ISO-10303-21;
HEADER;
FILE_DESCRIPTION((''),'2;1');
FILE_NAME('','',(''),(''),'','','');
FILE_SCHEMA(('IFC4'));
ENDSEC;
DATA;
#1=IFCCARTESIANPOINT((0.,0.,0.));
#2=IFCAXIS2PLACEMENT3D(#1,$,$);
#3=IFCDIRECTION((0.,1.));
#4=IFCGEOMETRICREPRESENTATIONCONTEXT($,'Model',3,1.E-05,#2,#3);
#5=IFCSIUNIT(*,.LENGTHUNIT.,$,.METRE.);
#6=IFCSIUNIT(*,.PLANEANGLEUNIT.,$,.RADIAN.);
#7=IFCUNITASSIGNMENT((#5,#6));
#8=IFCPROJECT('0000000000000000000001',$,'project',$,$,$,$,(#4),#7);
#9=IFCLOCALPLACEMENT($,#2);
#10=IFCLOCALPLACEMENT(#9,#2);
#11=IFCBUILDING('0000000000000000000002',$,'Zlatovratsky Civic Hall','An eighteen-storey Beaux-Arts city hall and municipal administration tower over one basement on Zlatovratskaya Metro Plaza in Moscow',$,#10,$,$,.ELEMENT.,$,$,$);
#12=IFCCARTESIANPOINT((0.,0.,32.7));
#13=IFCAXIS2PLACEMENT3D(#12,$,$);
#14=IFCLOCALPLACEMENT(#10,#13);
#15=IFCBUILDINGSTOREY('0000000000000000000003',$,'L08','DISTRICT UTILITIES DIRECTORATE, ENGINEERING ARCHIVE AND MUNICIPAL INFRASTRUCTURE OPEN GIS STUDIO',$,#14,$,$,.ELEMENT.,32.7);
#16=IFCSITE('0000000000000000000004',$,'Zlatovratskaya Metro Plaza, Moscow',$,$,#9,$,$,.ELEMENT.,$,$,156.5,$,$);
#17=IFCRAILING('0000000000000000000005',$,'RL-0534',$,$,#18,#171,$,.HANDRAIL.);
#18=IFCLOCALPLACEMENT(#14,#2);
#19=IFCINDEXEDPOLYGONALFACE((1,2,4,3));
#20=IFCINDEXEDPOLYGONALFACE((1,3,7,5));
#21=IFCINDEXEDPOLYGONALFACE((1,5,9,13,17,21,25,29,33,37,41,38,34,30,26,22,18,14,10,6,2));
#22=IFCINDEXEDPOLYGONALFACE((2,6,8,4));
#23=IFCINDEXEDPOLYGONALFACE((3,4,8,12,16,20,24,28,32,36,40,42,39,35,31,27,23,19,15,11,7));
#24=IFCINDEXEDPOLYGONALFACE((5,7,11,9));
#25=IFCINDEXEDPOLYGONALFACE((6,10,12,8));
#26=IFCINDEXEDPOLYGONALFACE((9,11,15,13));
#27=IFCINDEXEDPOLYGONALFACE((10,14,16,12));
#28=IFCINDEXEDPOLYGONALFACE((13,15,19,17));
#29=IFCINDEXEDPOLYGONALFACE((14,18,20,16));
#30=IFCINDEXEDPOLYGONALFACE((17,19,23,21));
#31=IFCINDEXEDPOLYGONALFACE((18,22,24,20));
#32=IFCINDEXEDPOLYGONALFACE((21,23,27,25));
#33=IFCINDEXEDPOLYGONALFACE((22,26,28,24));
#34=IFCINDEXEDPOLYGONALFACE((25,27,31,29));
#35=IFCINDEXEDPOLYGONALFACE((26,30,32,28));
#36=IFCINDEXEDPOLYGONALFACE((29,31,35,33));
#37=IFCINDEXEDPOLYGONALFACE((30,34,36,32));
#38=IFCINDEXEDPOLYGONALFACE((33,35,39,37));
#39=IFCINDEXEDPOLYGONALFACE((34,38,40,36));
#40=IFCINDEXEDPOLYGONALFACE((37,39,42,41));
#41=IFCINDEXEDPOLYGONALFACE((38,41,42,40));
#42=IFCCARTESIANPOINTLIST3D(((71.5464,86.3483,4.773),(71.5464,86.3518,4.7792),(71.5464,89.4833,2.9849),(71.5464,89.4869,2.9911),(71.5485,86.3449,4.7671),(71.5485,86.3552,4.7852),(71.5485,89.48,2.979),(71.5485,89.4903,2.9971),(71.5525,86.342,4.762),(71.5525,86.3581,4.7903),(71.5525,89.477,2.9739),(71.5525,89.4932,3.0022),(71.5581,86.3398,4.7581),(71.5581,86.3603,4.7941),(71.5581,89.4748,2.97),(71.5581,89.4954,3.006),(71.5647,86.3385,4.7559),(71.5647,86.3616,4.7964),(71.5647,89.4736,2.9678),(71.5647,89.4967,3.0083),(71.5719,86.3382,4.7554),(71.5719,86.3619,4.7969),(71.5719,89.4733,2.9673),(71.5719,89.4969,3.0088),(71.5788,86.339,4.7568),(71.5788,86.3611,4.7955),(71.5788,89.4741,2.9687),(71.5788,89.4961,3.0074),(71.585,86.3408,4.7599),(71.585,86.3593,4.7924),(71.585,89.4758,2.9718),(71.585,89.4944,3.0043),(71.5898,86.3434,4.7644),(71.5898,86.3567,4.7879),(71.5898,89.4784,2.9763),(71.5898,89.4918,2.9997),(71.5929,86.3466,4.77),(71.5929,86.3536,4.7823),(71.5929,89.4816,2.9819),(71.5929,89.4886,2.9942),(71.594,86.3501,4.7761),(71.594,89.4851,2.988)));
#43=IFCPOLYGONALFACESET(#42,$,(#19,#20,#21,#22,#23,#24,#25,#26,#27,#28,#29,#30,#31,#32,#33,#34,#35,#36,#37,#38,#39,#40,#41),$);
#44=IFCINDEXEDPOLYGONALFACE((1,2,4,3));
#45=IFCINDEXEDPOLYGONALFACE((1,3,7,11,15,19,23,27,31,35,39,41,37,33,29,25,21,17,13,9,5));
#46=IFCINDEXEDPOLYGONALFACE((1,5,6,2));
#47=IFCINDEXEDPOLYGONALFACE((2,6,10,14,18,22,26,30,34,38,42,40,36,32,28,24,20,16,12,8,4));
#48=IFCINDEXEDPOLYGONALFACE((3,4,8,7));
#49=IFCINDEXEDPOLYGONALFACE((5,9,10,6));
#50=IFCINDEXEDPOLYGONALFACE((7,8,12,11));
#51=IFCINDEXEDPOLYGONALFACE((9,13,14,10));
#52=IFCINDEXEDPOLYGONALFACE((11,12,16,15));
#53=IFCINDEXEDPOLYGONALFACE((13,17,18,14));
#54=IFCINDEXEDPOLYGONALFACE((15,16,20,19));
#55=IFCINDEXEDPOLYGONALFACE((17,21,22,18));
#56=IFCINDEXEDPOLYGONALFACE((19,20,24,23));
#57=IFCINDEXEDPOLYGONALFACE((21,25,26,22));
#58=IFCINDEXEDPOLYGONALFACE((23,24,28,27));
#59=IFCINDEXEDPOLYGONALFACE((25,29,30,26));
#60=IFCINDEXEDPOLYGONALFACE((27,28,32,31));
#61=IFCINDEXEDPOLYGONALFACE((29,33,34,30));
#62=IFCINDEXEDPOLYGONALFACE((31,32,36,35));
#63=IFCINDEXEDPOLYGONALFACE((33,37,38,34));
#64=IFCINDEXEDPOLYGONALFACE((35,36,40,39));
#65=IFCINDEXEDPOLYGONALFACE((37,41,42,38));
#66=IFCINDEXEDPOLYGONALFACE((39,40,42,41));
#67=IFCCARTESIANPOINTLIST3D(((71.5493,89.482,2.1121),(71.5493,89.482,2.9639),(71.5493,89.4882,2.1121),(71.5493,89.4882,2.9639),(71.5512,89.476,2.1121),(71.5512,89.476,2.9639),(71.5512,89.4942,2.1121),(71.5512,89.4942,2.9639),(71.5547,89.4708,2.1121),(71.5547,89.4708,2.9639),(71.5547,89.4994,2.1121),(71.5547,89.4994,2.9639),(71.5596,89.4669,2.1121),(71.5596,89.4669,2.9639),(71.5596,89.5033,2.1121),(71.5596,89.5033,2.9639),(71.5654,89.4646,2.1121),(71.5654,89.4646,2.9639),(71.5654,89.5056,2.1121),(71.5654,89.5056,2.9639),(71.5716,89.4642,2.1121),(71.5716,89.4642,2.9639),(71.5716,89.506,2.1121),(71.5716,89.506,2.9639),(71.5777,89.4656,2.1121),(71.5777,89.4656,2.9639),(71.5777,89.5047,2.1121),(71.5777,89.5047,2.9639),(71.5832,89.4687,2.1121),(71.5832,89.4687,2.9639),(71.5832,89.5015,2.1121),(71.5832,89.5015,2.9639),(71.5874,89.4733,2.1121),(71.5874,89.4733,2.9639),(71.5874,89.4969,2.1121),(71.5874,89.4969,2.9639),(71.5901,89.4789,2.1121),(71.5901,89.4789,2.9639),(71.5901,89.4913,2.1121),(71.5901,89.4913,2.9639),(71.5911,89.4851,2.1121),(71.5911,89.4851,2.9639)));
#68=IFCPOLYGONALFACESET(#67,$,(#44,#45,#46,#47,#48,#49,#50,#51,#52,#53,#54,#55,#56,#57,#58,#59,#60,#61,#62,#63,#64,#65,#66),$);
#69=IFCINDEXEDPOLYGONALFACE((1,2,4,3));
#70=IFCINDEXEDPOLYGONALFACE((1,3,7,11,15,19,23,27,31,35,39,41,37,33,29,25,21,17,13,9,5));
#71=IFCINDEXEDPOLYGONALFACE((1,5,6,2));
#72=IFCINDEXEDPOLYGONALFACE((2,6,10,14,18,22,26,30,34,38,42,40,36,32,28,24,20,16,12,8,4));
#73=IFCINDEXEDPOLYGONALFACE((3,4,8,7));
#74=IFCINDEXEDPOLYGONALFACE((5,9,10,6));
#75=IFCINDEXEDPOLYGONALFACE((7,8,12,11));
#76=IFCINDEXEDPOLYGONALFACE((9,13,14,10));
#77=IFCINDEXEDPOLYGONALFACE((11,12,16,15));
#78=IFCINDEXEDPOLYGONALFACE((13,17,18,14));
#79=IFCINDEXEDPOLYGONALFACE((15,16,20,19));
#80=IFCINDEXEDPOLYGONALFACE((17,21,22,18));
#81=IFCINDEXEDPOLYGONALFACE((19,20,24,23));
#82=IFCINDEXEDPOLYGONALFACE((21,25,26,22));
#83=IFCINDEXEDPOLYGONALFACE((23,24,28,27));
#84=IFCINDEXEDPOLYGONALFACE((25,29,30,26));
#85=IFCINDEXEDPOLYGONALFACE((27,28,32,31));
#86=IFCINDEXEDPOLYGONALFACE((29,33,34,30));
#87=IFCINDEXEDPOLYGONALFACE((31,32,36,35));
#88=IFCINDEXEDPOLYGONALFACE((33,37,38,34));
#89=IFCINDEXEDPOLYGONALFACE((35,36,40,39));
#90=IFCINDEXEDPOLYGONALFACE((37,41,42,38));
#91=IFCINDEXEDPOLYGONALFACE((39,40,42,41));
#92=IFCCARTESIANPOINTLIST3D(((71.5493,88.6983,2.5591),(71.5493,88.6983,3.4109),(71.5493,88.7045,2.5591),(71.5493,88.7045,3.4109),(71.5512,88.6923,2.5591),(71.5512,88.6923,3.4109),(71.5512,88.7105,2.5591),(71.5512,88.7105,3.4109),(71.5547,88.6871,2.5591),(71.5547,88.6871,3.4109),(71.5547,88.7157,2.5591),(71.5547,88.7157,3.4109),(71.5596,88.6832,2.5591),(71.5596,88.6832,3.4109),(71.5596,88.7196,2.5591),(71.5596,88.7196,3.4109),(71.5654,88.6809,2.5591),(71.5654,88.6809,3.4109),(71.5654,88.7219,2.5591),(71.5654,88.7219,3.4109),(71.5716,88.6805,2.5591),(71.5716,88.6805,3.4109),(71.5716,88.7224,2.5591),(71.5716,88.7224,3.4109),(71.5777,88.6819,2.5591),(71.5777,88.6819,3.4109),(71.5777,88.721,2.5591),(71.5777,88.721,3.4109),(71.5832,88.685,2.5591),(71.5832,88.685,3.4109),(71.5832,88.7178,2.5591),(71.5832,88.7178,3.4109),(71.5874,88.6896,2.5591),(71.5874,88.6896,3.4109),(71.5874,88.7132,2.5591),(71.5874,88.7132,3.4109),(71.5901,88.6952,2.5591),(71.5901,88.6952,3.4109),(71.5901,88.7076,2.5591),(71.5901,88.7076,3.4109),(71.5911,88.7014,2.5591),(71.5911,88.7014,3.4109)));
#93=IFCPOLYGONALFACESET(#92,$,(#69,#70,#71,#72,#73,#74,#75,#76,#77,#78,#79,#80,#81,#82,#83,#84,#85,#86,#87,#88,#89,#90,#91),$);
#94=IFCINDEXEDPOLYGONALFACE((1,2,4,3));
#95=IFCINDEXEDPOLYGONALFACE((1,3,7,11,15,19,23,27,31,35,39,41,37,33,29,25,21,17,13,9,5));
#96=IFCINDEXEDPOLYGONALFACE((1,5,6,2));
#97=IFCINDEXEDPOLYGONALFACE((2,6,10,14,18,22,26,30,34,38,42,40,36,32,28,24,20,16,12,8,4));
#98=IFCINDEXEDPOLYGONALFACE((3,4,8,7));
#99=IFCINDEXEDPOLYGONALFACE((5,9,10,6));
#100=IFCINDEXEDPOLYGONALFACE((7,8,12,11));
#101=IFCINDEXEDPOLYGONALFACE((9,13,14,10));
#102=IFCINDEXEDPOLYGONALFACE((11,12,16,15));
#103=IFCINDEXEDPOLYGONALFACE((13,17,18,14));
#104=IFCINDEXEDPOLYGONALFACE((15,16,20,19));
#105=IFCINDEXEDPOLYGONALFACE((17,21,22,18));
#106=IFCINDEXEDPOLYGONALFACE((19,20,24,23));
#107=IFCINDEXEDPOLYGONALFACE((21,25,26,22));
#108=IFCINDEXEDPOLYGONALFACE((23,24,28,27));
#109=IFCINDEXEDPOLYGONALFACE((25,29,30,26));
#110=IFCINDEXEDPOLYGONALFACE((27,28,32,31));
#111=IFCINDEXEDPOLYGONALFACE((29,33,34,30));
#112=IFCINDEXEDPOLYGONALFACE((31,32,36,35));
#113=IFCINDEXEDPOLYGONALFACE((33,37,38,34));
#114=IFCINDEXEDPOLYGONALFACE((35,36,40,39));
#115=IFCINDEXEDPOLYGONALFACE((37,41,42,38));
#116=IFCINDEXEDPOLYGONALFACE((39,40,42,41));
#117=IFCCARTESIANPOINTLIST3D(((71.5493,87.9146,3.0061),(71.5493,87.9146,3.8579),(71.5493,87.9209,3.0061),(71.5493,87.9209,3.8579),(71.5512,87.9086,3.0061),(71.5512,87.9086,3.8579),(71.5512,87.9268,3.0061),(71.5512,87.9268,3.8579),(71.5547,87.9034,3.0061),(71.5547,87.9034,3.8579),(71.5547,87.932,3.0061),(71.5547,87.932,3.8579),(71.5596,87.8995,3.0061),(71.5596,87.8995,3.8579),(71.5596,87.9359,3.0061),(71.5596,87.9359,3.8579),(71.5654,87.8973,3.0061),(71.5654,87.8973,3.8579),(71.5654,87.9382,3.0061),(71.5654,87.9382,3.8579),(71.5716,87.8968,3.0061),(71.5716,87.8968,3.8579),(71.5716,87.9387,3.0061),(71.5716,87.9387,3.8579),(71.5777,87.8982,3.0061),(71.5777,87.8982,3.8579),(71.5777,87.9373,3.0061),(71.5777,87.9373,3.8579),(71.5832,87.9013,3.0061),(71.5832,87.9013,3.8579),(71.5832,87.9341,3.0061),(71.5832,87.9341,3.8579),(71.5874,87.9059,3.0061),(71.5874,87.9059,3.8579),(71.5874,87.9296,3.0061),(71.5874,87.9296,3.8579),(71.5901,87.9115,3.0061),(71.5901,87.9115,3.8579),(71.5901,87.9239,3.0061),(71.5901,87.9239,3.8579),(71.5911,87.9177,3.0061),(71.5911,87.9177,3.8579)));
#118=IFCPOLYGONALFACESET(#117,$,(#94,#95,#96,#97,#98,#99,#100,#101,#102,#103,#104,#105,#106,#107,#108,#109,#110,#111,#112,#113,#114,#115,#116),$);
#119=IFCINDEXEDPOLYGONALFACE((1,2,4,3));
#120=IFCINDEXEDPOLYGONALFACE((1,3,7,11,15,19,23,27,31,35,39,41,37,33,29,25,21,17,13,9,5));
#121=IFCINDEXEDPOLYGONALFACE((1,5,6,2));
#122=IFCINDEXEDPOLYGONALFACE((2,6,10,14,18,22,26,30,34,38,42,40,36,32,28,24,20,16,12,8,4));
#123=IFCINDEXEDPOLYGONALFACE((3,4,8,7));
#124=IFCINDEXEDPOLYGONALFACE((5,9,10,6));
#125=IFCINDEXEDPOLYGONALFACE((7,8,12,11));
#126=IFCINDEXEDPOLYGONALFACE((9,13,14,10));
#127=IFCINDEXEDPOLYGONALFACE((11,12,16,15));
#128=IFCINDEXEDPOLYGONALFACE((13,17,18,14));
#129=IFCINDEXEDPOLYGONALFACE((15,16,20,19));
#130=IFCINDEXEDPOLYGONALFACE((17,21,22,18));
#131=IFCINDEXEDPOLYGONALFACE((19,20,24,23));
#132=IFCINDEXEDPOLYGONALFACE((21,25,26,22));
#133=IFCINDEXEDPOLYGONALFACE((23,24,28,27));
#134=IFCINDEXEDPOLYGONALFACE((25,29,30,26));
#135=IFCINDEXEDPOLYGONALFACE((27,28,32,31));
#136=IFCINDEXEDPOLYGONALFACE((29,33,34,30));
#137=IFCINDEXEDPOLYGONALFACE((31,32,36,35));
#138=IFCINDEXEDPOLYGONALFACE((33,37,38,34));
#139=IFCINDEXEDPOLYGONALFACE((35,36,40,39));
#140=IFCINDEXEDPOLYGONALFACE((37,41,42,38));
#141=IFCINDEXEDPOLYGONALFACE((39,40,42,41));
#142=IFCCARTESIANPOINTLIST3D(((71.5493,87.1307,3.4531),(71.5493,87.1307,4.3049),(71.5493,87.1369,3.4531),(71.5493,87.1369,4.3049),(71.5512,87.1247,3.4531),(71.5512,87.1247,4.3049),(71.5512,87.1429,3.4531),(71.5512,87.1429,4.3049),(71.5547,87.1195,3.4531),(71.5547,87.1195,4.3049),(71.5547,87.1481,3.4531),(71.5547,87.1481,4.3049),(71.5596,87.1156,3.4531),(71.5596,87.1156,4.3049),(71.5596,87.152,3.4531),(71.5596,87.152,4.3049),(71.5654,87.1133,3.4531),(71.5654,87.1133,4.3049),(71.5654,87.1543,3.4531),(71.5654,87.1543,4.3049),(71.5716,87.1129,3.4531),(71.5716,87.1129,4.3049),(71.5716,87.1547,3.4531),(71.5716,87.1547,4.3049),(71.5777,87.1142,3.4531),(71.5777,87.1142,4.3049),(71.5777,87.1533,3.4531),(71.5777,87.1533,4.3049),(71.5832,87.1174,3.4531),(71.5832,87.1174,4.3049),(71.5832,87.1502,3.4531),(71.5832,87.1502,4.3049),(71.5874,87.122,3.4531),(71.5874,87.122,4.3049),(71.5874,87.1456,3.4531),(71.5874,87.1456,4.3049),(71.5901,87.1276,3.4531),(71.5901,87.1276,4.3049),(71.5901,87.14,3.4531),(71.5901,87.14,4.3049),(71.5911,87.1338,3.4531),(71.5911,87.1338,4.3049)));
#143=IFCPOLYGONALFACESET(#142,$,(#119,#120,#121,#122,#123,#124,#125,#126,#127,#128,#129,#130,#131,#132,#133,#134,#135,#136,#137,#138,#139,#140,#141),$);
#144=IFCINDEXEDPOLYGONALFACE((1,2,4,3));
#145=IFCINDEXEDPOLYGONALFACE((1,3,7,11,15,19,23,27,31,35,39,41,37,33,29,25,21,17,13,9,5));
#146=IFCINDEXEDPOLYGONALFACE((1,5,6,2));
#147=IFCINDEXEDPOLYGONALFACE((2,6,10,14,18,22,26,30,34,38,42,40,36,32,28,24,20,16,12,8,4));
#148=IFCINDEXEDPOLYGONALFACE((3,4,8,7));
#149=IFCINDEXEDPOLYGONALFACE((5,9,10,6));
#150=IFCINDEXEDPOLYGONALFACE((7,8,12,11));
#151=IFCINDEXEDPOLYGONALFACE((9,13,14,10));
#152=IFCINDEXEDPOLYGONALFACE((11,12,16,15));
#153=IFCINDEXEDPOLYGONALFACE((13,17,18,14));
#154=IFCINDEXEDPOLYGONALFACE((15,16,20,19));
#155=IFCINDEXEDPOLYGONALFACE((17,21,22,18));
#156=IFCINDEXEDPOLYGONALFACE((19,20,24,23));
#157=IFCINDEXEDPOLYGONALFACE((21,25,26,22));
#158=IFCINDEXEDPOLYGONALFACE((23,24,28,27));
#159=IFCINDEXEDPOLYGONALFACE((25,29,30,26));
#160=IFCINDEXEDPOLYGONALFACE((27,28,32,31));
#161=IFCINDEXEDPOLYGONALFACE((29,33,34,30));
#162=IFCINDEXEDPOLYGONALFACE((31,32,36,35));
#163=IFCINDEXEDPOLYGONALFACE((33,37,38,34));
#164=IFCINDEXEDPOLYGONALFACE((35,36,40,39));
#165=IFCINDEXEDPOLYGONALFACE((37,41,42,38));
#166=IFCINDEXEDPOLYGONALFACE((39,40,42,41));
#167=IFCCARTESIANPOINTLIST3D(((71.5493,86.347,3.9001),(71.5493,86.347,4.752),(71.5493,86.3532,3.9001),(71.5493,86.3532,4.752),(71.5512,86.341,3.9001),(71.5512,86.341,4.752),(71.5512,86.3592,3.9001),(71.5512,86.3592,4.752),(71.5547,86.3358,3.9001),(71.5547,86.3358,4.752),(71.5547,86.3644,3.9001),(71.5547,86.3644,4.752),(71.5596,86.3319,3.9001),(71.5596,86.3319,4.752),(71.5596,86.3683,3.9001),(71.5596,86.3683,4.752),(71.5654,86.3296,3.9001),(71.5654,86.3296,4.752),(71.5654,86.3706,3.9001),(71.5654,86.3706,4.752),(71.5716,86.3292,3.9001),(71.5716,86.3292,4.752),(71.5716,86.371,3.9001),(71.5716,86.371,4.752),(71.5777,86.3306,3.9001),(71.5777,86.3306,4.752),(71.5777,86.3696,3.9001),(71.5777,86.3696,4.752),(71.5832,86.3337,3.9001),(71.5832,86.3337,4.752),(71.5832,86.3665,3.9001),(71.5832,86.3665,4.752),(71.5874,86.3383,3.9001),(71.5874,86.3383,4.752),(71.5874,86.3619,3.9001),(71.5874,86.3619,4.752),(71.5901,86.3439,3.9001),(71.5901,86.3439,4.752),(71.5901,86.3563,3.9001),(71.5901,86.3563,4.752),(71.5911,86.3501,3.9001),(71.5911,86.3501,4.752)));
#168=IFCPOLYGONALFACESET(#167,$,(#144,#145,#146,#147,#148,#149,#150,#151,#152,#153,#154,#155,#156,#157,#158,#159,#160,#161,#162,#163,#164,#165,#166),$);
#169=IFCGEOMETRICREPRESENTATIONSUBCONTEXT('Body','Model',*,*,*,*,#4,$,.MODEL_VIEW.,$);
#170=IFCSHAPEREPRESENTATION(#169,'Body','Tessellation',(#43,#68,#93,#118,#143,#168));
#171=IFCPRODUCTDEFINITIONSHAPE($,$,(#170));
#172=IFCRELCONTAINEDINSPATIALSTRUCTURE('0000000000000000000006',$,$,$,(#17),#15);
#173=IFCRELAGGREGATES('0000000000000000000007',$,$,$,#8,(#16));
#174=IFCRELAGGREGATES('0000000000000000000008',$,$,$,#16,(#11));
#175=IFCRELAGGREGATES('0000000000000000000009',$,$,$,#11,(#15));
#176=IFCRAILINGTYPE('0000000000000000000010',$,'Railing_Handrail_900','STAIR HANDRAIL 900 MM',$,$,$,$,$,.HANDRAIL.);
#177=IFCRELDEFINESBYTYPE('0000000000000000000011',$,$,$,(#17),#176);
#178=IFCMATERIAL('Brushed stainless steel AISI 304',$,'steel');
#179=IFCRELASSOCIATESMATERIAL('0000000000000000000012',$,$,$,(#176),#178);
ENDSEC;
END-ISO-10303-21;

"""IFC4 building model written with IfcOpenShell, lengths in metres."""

from ifc_helpers import new_model, si_unit, direction, frame, origin, origin_2d, place, context, subcontext, project, spatial, circle, extrude, material, type_object, element, save


model = new_model("IFC4")

# Units and contexts
model_context = context("Model", 3, precision=1e-05, world=origin(), true_north=direction((0.0, 1.0)))
body_context = subcontext(model_context, "Body", "Model", "MODEL_VIEW")
ifc_project = project(units=[si_unit("LENGTHUNIT", "METRE"), si_unit("PLANEANGLEUNIT", "RADIAN")], contexts=[model_context])

# Site, building, storey
site_placement = place(None, origin())
site = spatial("IfcSite", under=ifc_project, at=site_placement, Name="Zlatovratskaya Metro Plaza, Moscow", CompositionType="ELEMENT", RefElevation=156.5)
building_placement = place(site_placement, origin())
building = spatial("IfcBuilding", under=site, at=building_placement, Name="Zlatovratsky Civic Hall", Description="An eighteen-storey Beaux-Arts city hall and municipal administration tower over one basement on Zlatovratskaya Metro Plaza in Moscow", CompositionType="ELEMENT")
storey_placement = place(building_placement, frame((0.0, 0.0, 32.7)))
storey = spatial("IfcBuildingStorey", under=building, at=storey_placement, Name="L08", Description="DISTRICT UTILITIES DIRECTORATE, ENGINEERING ARCHIVE AND MUNICIPAL INFRASTRUCTURE OPEN GIS STUDIO", CompositionType="ELEMENT", Elevation=32.7)

# Railing
ifc_material_1 = material(Name="Brushed stainless steel AISI 304", Category="steel")
railing_type = type_object("IfcRailingType", Name="Railing_Handrail_900", Description="STAIR HANDRAIL 900 MM", PredefinedType="HANDRAIL", material=ifc_material_1)
railing_placement = place(storey_placement, frame((71.5701, 89.4851, 2.1121)))
element("IfcRailing", 1, at=railing_placement, inside=storey, type_object=railing_type, Name="RL-0534", PredefinedType="HANDRAIL", context=body_context, shape_type="SweptSolid", body=[
    extrude(circle(Radius=0.0239, at=origin_2d()), frame((0.0, 0.0, 0.876), z_axis=(0.0, -0.868642, 0.495439), x_axis=(1.0, 0.0, 0.0)), (0.0, 0.0, 1.0), 3.6091),
    extrude(circle(Radius=0.021, at=origin_2d()), origin(), (0.0, 0.0, 1.0), 0.8518),
    extrude(circle(Radius=0.021, at=origin_2d()), frame((0.0, -0.7837, 0.447)), (0.0, 0.0, 1.0), 0.8518),
    extrude(circle(Radius=0.021, at=origin_2d()), frame((0.0, -1.5674, 0.894)), (0.0, 0.0, 1.0), 0.8518),
    extrude(circle(Radius=0.021, at=origin_2d()), frame((0.0, -2.3513, 1.3411)), (0.0, 0.0, 1.0), 0.8518),
    extrude(circle(Radius=0.021, at=origin_2d()), frame((0.0, -3.135, 1.7881)), (0.0, 0.0, 1.0), 0.8518),
])

save(model, "model.ifc")
